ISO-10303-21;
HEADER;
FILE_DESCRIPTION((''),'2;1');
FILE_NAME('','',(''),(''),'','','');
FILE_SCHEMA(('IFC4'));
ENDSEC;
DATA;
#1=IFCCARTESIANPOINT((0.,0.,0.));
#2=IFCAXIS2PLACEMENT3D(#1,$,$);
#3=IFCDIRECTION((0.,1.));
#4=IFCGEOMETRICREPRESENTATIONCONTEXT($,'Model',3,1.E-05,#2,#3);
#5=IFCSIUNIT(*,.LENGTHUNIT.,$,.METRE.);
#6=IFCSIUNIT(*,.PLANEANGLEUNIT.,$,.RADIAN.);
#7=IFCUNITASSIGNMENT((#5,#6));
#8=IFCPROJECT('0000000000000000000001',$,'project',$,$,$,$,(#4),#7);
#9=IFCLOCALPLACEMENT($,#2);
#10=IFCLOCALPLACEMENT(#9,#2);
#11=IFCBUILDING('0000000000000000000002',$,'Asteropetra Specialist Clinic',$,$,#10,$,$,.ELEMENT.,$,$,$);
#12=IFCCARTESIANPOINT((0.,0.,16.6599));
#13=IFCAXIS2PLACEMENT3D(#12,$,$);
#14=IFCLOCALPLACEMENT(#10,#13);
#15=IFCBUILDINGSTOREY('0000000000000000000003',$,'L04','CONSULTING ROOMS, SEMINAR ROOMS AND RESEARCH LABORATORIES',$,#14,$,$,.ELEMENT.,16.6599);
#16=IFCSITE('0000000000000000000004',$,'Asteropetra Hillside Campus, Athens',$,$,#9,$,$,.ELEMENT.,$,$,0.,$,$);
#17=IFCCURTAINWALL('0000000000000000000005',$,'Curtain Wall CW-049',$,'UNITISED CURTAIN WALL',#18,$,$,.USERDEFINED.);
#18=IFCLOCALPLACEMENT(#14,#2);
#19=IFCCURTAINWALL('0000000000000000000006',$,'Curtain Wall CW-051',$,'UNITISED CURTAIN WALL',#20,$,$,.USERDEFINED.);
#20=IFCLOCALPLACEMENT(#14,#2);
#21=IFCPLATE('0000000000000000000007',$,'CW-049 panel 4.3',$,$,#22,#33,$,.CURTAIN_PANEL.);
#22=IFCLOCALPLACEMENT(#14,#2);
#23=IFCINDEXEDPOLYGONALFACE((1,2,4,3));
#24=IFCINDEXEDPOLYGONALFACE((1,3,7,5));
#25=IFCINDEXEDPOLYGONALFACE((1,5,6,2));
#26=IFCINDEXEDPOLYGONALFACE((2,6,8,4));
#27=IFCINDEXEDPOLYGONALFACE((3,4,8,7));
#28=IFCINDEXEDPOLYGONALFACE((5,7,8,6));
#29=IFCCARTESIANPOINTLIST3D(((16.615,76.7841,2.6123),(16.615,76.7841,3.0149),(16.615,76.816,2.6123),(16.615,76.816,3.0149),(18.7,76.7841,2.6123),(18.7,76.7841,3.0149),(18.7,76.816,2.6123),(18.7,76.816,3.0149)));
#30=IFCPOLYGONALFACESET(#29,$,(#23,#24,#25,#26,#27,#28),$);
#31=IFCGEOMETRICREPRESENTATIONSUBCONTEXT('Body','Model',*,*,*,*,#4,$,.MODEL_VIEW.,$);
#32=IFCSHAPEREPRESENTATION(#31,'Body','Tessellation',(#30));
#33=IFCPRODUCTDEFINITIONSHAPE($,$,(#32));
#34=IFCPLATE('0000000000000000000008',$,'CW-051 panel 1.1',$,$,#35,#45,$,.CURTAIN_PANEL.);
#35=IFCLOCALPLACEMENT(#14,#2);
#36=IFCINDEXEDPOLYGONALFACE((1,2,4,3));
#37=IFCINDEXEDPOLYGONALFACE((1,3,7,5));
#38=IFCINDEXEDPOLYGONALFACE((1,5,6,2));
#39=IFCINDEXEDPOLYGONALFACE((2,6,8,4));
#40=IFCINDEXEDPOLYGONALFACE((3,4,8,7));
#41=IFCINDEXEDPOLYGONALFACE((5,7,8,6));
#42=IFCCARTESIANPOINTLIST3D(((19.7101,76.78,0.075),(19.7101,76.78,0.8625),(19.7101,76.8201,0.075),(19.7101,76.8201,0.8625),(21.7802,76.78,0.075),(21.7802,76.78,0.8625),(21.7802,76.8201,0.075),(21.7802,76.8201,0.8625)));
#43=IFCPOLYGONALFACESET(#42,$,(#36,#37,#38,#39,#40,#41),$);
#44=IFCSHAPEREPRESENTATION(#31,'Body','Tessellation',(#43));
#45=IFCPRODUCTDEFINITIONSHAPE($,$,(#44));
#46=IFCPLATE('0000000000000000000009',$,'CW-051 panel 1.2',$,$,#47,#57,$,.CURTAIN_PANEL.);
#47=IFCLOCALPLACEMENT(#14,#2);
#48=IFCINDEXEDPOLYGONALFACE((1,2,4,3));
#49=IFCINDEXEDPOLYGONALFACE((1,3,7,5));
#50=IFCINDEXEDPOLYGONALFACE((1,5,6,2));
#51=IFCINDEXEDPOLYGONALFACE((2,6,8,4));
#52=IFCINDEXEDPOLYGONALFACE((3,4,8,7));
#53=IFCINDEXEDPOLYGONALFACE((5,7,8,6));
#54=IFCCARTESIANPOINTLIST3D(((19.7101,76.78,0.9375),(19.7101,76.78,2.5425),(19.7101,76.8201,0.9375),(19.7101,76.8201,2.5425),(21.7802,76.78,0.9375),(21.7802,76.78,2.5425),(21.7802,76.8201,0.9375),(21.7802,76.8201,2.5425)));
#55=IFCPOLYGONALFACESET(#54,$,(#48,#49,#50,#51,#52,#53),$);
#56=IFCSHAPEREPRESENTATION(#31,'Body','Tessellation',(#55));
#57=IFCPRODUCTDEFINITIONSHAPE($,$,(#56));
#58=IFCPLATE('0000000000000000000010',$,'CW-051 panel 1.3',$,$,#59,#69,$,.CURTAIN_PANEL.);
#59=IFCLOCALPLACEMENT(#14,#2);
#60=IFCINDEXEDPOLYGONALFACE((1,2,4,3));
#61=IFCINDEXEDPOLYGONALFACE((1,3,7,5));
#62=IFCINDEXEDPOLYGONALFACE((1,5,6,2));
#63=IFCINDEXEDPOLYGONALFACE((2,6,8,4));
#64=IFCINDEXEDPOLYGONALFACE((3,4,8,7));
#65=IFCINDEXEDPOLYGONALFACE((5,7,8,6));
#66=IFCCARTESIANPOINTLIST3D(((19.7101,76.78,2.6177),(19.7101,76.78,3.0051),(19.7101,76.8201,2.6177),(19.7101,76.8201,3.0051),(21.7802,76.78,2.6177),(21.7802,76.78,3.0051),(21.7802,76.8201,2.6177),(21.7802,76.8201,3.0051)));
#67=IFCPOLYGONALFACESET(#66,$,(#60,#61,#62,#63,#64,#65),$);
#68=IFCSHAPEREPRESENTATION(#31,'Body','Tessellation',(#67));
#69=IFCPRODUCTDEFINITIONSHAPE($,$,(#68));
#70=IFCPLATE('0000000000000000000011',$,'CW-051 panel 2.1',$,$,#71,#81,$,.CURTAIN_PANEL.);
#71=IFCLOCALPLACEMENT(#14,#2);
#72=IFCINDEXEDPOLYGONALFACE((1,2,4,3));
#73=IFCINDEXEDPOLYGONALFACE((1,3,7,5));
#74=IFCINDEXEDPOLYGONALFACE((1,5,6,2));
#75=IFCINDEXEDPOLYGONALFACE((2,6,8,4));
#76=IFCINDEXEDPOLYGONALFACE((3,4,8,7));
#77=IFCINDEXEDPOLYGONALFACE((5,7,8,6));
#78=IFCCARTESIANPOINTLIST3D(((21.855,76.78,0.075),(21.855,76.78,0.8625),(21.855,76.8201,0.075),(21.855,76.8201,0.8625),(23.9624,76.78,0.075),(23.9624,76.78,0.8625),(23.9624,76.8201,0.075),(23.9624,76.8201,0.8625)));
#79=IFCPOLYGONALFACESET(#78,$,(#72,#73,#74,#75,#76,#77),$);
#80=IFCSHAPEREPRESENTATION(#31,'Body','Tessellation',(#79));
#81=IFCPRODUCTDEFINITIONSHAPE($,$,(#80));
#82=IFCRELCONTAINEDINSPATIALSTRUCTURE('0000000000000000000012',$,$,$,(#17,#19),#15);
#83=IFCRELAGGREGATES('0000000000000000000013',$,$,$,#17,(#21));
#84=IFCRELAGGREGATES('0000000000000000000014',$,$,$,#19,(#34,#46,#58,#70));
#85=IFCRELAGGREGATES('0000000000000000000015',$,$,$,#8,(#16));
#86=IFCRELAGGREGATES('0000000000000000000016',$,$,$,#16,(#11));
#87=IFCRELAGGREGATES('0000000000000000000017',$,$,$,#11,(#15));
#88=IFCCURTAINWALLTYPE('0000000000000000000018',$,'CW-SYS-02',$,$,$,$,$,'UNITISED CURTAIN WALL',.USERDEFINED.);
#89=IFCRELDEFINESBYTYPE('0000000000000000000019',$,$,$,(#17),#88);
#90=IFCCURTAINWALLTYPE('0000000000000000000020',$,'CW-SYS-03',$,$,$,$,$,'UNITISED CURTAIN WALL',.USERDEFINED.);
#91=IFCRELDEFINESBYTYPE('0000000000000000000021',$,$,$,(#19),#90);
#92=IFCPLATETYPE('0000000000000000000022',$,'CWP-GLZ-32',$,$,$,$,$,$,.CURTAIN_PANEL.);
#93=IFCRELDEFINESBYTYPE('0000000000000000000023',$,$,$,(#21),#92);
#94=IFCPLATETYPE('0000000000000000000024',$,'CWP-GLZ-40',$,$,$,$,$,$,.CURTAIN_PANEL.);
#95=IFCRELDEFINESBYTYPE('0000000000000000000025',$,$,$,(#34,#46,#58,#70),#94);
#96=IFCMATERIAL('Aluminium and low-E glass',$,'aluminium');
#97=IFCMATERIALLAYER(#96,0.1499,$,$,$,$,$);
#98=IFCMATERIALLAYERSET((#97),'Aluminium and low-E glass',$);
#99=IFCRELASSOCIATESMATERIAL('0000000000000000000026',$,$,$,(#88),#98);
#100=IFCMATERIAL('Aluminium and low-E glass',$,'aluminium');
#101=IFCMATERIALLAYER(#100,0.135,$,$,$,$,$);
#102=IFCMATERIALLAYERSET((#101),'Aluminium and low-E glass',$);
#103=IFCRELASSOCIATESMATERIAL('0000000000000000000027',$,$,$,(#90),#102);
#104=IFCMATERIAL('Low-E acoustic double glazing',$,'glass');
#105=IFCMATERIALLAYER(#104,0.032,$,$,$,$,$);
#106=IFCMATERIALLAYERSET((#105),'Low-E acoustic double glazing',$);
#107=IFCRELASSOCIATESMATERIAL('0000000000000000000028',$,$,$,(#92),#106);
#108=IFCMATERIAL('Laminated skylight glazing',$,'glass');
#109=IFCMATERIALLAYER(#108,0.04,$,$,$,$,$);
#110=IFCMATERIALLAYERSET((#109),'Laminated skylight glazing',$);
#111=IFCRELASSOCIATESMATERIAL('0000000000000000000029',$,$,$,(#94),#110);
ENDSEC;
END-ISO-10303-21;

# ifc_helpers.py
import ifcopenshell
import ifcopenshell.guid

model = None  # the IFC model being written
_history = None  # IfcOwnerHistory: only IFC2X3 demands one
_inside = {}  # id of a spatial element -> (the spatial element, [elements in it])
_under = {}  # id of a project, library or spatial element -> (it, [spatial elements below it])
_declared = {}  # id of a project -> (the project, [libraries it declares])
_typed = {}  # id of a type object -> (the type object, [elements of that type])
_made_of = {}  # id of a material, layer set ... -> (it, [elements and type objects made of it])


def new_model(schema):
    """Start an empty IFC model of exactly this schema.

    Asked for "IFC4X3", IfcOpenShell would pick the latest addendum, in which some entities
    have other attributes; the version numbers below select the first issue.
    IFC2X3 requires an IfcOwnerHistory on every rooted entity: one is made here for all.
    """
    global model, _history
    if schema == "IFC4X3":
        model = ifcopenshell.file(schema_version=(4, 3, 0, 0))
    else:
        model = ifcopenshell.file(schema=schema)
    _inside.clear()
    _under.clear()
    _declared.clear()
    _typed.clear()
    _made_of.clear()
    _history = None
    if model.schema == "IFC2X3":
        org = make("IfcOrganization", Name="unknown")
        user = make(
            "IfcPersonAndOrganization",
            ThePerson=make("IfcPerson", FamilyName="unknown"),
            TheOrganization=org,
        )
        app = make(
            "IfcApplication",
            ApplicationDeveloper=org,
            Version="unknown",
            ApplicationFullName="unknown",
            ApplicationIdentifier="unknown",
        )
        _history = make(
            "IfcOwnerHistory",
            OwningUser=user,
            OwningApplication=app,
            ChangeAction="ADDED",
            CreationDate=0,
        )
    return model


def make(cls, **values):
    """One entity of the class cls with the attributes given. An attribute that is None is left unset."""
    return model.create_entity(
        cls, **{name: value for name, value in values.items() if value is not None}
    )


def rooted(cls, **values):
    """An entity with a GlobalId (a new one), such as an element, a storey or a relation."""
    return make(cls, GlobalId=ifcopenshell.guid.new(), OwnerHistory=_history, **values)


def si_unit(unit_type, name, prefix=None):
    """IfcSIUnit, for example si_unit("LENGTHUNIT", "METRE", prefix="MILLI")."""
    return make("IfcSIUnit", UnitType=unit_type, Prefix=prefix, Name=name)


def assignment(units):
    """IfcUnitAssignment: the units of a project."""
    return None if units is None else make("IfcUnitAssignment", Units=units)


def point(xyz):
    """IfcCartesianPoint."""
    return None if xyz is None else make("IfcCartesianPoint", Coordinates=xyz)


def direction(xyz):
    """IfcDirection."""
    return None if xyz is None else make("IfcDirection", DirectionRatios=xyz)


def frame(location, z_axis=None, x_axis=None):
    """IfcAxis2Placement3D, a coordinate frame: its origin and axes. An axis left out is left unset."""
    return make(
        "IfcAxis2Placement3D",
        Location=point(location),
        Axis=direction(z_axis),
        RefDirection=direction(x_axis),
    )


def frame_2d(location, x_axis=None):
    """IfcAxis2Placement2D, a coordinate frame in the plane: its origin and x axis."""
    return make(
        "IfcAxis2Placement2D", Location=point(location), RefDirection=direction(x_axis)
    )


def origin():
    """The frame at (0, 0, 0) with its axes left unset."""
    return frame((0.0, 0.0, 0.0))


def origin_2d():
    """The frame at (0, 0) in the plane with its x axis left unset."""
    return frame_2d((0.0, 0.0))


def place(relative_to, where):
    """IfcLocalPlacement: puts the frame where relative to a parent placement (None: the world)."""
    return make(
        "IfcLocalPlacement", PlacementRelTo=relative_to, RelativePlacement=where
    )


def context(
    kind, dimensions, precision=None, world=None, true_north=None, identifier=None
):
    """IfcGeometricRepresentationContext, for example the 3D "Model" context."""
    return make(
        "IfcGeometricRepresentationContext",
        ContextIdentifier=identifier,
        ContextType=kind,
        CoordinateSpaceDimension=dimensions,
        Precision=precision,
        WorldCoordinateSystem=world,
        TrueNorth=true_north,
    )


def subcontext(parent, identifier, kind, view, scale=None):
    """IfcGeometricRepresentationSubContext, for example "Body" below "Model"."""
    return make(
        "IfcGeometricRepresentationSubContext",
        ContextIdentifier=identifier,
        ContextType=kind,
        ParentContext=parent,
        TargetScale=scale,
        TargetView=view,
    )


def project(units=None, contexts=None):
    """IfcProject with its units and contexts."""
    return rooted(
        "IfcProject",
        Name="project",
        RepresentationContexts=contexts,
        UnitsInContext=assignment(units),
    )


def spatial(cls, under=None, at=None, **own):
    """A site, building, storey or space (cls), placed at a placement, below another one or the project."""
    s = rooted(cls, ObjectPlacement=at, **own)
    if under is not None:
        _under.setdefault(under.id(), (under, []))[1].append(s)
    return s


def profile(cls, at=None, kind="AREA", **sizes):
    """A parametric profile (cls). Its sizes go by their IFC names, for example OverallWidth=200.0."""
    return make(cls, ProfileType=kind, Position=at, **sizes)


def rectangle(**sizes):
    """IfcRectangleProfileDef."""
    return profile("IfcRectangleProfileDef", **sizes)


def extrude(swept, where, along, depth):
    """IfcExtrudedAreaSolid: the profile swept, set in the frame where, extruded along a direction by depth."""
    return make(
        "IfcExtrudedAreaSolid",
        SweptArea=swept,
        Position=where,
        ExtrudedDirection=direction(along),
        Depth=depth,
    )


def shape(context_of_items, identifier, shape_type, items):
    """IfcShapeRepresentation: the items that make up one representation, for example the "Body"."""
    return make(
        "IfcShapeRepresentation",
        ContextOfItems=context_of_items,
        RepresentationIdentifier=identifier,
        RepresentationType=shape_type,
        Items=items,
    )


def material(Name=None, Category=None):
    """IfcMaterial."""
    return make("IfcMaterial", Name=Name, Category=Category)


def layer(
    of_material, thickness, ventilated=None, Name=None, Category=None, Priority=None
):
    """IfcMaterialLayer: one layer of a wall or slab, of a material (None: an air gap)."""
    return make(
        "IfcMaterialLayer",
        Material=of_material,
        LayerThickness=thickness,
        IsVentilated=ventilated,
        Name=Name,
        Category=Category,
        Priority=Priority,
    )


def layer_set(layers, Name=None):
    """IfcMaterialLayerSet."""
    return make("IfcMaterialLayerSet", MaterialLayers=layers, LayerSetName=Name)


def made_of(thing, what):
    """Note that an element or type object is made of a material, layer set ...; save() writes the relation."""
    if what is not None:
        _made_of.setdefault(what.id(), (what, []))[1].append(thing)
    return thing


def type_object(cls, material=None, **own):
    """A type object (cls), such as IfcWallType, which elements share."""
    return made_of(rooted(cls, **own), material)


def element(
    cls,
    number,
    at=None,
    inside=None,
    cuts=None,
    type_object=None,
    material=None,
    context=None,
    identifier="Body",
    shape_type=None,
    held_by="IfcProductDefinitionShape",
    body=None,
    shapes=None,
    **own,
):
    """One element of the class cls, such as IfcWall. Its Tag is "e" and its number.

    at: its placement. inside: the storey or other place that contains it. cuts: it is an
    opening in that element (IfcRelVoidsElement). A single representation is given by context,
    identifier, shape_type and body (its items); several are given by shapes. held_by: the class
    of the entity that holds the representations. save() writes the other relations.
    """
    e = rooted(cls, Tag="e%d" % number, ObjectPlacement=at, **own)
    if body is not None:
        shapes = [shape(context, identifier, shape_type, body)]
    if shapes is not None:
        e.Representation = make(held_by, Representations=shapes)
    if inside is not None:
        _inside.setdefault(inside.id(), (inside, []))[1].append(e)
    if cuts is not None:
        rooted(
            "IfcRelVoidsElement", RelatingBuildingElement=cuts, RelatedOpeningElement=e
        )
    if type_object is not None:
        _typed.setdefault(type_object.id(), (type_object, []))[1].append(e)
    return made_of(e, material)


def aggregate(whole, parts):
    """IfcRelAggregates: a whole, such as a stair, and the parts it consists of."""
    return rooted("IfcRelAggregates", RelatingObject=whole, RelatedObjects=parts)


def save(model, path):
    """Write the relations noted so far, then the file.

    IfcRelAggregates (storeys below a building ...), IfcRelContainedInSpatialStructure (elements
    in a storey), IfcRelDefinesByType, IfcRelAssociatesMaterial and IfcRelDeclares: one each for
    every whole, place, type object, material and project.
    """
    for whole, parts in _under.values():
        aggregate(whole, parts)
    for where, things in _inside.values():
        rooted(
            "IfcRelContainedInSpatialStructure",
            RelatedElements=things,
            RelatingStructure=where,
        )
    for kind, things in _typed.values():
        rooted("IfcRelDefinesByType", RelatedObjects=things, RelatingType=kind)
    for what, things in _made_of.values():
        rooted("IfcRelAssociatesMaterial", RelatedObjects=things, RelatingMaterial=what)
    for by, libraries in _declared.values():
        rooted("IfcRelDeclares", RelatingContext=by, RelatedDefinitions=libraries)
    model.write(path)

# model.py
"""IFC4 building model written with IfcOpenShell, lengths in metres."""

from ifc_helpers import new_model, si_unit, direction, frame, origin, origin_2d, place, context, subcontext, project, spatial, rectangle, extrude, material, layer, layer_set, type_object, element, aggregate, save


model = new_model("IFC4")

# Units and contexts
model_context = context("Model", 3, precision=1e-05, world=origin(), true_north=direction((0.0, 1.0)))
body_context = subcontext(model_context, "Body", "Model", "MODEL_VIEW")
ifc_project = project(units=[si_unit("LENGTHUNIT", "METRE"), si_unit("PLANEANGLEUNIT", "RADIAN")], contexts=[model_context])

# Site, building, storey
site_placement = place(None, origin())
site = spatial("IfcSite", under=ifc_project, at=site_placement, Name="Asteropetra Hillside Campus, Athens", CompositionType="ELEMENT", RefElevation=0.0)
building_placement = place(site_placement, origin())
building = spatial("IfcBuilding", under=site, at=building_placement, Name="Asteropetra Specialist Clinic", CompositionType="ELEMENT")
storey_placement = place(building_placement, frame((0.0, 0.0, 16.6599)))
storey = spatial("IfcBuildingStorey", under=building, at=storey_placement, Name="L04", Description="CONSULTING ROOMS, SEMINAR ROOMS AND RESEARCH LABORATORIES", CompositionType="ELEMENT", Elevation=16.6599)

# Curtain walls
ifc_material_1 = material(Name="Aluminium and low-E glass", Category="aluminium")
ifc_layer_1 = layer(ifc_material_1, 0.1499)
ifc_layer_set_1 = layer_set([ifc_layer_1], Name="Aluminium and low-E glass")
curtain_wall_type_1 = type_object("IfcCurtainWallType", Name="CW-SYS-02", ElementType="UNITISED CURTAIN WALL", PredefinedType="USERDEFINED", material=ifc_layer_set_1)
curtain_wall_1_placement = place(storey_placement, origin())
curtain_wall_1 = element("IfcCurtainWall", 1, at=curtain_wall_1_placement, inside=storey, type_object=curtain_wall_type_1, Name="Curtain Wall CW-049", ObjectType="UNITISED CURTAIN WALL", PredefinedType="USERDEFINED")
ifc_material_2 = material(Name="Aluminium and low-E glass", Category="aluminium")
ifc_layer_2 = layer(ifc_material_2, 0.135)
ifc_layer_set_2 = layer_set([ifc_layer_2], Name="Aluminium and low-E glass")
curtain_wall_type_2 = type_object("IfcCurtainWallType", Name="CW-SYS-03", ElementType="UNITISED CURTAIN WALL", PredefinedType="USERDEFINED", material=ifc_layer_set_2)
curtain_wall_2_placement = place(storey_placement, origin())
curtain_wall_2 = element("IfcCurtainWall", 2, at=curtain_wall_2_placement, inside=storey, type_object=curtain_wall_type_2, Name="Curtain Wall CW-051", ObjectType="UNITISED CURTAIN WALL", PredefinedType="USERDEFINED")

# Plates
ifc_material_3 = material(Name="Low-E acoustic double glazing", Category="glass")
ifc_layer_3 = layer(ifc_material_3, 0.032)
ifc_layer_set_3 = layer_set([ifc_layer_3], Name="Low-E acoustic double glazing")
plate_type_1 = type_object("IfcPlateType", Name="CWP-GLZ-32", PredefinedType="CURTAIN_PANEL", material=ifc_layer_set_3)
plate_1_placement = place(storey_placement, frame((17.6575, 76.8, 2.6123), z_axis=(0.0, 0.0, 1.0), x_axis=(1.0, 0.0, 0.0)))
plate_1 = element("IfcPlate", 3, at=plate_1_placement, type_object=plate_type_1, Name="CW-049 panel 4.3", PredefinedType="CURTAIN_PANEL", context=body_context, shape_type="SweptSolid", body=[
    extrude(rectangle(XDim=2.085, YDim=0.032, at=origin_2d()), origin(), (0.0, 0.0, 1.0), 0.4026),
])
aggregate(curtain_wall_1, [plate_1])
ifc_material_4 = material(Name="Laminated skylight glazing", Category="glass")
ifc_layer_4 = layer(ifc_material_4, 0.04)
ifc_layer_set_4 = layer_set([ifc_layer_4], Name="Laminated skylight glazing")
plate_type_2 = type_object("IfcPlateType", Name="CWP-GLZ-40", PredefinedType="CURTAIN_PANEL", material=ifc_layer_set_4)
plate_2_placement = place(storey_placement, frame((20.7451, 76.8, 0.075), z_axis=(0.0, 0.0, 1.0), x_axis=(1.0, 0.0, 0.0)))
plate_2 = element("IfcPlate", 4, at=plate_2_placement, type_object=plate_type_2, Name="CW-051 panel 1.1", PredefinedType="CURTAIN_PANEL", context=body_context, shape_type="SweptSolid", body=[
    extrude(rectangle(XDim=2.0701, YDim=0.04, at=origin_2d()), origin(), (0.0, 0.0, 1.0), 0.7876),
])
plate_3_placement = place(storey_placement, frame((20.7451, 76.8, 0.9375), z_axis=(0.0, 0.0, 1.0), x_axis=(1.0, 0.0, 0.0)))
plate_3 = element("IfcPlate", 5, at=plate_3_placement, type_object=plate_type_2, Name="CW-051 panel 1.2", PredefinedType="CURTAIN_PANEL", context=body_context, shape_type="SweptSolid", body=[
    extrude(rectangle(XDim=2.0701, YDim=0.04, at=origin_2d()), origin(), (0.0, 0.0, 1.0), 1.605),
])
plate_4_placement = place(storey_placement, frame((20.7451, 76.8, 2.6177), z_axis=(0.0, 0.0, 1.0), x_axis=(1.0, 0.0, 0.0)))
plate_4 = element("IfcPlate", 6, at=plate_4_placement, type_object=plate_type_2, Name="CW-051 panel 1.3", PredefinedType="CURTAIN_PANEL", context=body_context, shape_type="SweptSolid", body=[
    extrude(rectangle(XDim=2.0701, YDim=0.04, at=origin_2d()), origin(), (0.0, 0.0, 1.0), 0.3875),
])
plate_5_placement = place(storey_placement, frame((22.9087, 76.8, 0.075), z_axis=(0.0, 0.0, 1.0), x_axis=(1.0, 0.0, 0.0)))
plate_5 = element("IfcPlate", 7, at=plate_5_placement, type_object=plate_type_2, Name="CW-051 panel 2.1", PredefinedType="CURTAIN_PANEL", context=body_context, shape_type="SweptSolid", body=[
    extrude(rectangle(XDim=2.1074, YDim=0.04, at=origin_2d()), origin(), (0.0, 0.0, 1.0), 0.7876),
])
aggregate(curtain_wall_2, [plate_2, plate_3, plate_4, plate_5])

save(model, "model.ifc")
